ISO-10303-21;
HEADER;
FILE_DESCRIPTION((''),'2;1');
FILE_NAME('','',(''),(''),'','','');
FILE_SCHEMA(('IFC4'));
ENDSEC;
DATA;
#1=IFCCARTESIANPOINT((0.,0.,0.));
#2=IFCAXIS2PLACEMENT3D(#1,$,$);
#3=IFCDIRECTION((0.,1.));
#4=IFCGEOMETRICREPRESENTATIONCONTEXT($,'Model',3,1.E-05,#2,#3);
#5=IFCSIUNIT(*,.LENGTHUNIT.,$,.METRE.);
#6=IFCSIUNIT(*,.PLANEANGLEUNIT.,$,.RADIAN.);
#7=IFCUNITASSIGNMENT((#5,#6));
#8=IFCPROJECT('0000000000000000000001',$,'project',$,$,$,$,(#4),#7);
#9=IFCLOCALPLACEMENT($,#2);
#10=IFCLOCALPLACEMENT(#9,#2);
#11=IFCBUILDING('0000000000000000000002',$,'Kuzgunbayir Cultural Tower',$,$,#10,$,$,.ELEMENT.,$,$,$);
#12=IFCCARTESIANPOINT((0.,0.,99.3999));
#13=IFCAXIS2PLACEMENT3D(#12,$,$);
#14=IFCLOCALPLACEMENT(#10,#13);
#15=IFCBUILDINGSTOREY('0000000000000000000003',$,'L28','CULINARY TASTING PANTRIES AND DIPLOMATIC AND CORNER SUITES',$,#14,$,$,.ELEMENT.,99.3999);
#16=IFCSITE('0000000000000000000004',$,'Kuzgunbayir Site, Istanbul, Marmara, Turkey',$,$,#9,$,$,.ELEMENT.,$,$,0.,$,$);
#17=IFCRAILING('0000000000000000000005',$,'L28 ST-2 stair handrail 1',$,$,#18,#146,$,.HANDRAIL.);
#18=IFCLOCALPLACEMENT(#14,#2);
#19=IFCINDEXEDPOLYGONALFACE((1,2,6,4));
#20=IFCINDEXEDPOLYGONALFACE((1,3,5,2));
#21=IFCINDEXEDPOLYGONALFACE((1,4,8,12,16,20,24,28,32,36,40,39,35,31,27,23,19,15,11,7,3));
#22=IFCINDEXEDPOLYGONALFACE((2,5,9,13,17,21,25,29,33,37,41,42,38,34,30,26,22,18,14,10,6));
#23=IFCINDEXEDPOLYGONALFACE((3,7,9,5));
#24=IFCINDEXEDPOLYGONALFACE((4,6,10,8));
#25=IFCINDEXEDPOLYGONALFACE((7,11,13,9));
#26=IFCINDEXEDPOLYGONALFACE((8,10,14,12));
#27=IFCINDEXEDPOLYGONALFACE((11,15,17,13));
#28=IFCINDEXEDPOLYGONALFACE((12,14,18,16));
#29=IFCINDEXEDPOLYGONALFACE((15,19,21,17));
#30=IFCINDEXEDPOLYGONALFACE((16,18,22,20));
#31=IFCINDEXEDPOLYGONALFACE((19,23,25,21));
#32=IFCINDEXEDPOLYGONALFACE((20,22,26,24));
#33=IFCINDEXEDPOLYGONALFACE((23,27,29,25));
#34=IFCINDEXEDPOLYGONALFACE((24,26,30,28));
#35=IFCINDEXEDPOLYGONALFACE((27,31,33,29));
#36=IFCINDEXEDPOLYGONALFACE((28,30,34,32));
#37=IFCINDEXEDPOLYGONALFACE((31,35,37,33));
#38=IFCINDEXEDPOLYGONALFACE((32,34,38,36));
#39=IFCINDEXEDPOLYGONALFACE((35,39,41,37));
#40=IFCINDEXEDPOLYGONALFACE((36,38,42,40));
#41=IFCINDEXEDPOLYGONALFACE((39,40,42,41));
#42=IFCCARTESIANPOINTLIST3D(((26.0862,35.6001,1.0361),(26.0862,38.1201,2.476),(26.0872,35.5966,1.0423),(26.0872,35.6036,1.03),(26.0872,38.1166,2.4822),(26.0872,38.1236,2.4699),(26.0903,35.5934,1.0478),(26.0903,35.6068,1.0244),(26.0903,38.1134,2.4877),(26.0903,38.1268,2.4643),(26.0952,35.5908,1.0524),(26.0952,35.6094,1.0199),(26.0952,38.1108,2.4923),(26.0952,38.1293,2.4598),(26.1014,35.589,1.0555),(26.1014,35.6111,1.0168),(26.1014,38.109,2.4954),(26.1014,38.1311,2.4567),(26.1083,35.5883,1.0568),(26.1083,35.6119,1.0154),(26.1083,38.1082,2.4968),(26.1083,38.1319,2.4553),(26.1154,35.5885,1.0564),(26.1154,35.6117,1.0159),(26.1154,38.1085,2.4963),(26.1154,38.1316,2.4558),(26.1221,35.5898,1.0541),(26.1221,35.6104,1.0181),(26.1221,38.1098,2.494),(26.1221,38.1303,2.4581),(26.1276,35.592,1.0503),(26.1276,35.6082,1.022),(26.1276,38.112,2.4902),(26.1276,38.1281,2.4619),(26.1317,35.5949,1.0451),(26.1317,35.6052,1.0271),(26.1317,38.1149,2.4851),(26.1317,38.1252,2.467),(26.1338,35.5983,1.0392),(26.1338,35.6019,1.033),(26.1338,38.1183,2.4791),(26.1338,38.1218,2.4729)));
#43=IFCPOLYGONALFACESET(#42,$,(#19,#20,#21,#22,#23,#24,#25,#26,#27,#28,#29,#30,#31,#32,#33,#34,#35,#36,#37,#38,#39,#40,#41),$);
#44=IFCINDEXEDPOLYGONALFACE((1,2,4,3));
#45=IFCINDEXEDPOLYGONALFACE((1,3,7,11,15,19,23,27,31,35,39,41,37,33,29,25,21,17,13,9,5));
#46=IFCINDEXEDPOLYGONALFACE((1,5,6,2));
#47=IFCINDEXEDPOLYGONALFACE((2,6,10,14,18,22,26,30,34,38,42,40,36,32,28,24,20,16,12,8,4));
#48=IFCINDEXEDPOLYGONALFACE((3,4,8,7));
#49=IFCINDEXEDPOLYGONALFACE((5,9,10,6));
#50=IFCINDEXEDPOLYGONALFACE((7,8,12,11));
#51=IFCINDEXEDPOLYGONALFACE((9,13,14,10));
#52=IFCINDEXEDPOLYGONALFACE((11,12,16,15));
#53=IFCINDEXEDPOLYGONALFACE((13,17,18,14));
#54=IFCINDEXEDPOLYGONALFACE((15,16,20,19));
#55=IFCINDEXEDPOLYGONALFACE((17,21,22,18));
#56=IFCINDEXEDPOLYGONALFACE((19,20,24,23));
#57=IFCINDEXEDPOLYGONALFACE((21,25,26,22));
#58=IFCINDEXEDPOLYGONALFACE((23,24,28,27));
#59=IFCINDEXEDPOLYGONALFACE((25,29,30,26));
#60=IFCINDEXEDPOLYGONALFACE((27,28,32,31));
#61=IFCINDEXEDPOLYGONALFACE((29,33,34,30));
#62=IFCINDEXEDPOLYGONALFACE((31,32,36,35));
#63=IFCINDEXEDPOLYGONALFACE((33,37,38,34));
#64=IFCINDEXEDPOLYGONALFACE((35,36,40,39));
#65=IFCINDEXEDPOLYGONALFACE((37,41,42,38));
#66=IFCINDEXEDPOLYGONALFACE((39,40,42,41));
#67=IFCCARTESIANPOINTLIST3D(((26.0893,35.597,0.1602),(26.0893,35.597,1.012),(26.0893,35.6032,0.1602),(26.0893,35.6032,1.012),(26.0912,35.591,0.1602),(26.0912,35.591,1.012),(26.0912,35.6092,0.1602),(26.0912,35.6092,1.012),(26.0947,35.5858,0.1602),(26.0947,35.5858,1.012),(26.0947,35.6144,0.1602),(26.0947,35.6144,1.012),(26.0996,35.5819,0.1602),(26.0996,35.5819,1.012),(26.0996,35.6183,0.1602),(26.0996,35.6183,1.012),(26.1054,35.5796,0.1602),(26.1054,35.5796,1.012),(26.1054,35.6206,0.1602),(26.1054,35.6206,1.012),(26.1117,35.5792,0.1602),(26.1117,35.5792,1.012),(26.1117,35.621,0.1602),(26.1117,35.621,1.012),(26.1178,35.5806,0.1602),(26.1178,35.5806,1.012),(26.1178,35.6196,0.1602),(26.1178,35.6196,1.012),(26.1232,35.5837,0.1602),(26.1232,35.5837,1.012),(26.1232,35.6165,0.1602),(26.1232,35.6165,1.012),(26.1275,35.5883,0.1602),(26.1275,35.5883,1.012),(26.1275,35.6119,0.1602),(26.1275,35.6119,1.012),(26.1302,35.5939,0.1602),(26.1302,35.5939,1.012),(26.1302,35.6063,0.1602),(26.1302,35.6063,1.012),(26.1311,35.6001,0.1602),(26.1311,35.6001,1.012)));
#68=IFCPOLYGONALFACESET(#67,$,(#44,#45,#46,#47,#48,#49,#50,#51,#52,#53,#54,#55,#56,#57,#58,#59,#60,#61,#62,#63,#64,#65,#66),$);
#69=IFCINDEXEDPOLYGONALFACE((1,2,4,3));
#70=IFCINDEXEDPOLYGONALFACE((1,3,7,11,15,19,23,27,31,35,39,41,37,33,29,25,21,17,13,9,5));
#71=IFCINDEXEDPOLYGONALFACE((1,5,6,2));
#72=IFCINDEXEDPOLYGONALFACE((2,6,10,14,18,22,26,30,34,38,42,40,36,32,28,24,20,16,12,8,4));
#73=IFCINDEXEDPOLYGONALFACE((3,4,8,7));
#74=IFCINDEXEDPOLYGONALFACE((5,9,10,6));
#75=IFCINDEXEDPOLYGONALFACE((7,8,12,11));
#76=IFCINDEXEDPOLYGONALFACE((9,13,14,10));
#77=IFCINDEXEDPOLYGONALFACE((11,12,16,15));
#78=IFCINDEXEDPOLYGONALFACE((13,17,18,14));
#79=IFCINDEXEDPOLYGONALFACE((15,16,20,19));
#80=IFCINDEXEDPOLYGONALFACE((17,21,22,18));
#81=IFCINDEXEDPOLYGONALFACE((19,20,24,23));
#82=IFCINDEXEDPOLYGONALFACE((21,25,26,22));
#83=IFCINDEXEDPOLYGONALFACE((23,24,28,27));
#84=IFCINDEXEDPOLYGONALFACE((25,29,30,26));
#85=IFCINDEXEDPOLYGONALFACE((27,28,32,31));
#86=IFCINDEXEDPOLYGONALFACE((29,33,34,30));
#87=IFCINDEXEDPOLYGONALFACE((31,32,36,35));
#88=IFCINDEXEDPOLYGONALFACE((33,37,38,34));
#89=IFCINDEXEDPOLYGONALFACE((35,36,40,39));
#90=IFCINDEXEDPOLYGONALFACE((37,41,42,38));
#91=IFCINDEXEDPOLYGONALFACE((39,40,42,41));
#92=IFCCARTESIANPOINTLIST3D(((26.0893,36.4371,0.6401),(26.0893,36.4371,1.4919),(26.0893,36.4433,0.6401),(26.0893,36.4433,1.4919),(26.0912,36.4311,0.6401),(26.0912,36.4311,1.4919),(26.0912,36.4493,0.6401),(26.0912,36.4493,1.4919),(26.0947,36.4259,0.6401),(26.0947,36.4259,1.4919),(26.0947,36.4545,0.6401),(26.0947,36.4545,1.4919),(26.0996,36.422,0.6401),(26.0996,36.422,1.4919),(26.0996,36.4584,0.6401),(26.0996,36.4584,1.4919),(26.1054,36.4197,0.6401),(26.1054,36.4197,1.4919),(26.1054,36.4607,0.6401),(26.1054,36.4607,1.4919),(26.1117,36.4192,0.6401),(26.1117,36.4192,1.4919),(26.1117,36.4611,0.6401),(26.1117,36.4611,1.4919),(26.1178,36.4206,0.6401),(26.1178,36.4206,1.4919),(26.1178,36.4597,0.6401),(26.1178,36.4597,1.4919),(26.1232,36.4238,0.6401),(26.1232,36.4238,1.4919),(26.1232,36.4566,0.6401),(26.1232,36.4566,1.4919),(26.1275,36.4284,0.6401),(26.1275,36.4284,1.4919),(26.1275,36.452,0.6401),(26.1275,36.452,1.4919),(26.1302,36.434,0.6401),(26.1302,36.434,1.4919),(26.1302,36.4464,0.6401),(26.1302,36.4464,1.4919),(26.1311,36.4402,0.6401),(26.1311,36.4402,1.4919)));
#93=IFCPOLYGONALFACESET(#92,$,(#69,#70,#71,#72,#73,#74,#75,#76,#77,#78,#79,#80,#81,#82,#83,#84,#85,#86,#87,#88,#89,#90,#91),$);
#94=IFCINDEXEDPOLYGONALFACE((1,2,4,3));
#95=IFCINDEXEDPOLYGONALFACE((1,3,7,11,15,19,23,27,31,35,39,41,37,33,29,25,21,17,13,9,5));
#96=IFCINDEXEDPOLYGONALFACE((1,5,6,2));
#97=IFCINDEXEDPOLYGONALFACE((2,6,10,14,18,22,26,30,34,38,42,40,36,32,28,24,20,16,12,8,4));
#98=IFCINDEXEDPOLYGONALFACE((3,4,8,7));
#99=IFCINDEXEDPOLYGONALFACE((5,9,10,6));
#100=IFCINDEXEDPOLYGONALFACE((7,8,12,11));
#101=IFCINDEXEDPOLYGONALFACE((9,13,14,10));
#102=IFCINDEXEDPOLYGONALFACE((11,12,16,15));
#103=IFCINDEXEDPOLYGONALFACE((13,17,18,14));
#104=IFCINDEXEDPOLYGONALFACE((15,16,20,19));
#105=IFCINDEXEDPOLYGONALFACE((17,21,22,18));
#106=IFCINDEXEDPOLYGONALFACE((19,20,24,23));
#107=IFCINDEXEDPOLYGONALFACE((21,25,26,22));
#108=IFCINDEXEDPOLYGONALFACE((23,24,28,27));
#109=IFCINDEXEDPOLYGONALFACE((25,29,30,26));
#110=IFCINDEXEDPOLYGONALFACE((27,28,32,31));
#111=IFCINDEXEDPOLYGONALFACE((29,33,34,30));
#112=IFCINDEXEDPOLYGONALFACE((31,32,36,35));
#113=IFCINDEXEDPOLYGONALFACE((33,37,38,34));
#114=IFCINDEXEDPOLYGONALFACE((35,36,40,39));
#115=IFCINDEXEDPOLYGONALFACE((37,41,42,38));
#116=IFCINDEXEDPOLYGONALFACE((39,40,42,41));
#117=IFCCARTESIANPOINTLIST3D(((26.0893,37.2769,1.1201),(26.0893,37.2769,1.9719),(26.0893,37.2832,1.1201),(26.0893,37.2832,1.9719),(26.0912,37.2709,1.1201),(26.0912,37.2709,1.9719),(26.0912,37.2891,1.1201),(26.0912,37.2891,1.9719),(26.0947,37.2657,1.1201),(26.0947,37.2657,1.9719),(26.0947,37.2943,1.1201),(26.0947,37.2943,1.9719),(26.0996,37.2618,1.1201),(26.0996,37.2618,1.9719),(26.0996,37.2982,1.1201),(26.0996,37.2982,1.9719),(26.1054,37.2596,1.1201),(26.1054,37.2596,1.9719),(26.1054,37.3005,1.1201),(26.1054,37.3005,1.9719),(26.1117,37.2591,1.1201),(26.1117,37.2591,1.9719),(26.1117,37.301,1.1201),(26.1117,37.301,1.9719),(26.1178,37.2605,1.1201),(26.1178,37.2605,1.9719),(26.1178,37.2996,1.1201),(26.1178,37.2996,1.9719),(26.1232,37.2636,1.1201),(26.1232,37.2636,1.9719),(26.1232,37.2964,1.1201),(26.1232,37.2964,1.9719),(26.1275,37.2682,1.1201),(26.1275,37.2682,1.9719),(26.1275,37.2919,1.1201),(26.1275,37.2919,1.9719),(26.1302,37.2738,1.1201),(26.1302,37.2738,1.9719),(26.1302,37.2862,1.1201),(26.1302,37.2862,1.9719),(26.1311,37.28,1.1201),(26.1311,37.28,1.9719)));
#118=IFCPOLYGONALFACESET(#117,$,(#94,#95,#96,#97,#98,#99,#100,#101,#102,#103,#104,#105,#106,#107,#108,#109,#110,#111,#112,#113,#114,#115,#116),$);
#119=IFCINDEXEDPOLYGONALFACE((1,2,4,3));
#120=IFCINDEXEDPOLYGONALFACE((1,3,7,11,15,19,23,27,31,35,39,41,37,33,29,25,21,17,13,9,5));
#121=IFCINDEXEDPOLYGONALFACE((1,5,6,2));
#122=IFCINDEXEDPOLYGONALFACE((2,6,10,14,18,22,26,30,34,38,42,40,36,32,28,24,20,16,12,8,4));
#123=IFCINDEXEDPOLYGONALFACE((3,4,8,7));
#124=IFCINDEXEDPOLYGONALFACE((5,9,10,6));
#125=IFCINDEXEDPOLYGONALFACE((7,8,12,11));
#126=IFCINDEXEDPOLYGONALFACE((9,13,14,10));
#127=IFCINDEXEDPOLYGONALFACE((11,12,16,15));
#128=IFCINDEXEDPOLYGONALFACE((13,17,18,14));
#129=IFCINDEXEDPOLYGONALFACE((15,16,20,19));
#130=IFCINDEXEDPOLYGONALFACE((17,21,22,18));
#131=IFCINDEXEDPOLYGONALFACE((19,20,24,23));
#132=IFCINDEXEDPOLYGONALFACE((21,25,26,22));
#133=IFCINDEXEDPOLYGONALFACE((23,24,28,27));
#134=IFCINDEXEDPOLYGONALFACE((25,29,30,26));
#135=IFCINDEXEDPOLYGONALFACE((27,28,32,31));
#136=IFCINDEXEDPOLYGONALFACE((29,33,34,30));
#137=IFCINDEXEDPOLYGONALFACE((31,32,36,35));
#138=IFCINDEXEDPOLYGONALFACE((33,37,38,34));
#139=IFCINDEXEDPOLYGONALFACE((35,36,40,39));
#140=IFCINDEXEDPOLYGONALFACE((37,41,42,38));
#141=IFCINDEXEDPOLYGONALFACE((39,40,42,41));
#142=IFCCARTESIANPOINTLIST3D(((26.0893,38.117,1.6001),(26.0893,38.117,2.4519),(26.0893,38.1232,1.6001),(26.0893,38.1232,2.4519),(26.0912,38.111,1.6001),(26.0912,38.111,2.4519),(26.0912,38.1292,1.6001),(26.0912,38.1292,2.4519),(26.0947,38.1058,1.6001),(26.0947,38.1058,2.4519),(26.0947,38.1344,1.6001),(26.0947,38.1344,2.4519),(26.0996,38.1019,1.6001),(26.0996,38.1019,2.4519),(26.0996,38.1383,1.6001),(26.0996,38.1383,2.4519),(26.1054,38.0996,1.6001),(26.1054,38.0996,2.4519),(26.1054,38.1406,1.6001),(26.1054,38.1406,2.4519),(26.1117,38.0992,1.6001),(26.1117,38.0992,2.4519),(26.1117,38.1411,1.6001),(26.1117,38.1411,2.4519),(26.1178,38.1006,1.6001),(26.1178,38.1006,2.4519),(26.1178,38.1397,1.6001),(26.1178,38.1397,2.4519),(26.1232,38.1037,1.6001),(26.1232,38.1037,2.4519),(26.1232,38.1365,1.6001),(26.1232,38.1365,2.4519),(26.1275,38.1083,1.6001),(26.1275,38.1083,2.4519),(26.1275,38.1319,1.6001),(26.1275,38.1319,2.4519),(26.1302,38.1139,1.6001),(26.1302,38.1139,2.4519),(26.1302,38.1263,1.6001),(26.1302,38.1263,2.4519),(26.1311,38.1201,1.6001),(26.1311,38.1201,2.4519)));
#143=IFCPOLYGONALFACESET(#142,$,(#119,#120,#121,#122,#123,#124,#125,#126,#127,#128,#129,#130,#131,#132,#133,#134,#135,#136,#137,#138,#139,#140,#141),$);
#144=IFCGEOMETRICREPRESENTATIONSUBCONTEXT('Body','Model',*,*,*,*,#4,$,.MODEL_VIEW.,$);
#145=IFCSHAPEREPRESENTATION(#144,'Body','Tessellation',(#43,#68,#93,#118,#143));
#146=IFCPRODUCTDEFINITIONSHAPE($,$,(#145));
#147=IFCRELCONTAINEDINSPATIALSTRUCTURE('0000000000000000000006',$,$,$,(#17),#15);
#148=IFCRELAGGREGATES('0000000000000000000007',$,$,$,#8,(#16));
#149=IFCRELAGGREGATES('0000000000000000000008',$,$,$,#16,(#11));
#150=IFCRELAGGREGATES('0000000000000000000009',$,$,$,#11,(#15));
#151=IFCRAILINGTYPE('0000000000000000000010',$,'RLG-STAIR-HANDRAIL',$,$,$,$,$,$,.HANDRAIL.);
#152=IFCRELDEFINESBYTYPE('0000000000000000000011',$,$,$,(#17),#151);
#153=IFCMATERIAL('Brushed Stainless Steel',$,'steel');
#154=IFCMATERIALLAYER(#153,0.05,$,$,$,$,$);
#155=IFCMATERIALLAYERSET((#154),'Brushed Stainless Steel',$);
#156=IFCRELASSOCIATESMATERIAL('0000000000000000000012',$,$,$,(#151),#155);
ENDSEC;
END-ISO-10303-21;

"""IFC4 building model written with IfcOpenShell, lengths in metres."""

from ifc_helpers import new_model, si_unit, direction, frame, origin, origin_2d, place, context, subcontext, project, spatial, circle, extrude, material, layer, layer_set, type_object, element, save


model = new_model("IFC4")

# Units and contexts
model_context = context("Model", 3, precision=1e-05, world=origin(), true_north=direction((0.0, 1.0)))
body_context = subcontext(model_context, "Body", "Model", "MODEL_VIEW")
ifc_project = project(units=[si_unit("LENGTHUNIT", "METRE"), si_unit("PLANEANGLEUNIT", "RADIAN")], contexts=[model_context])

# Site, building, storey
site_placement = place(None, origin())
site = spatial("IfcSite", under=ifc_project, at=site_placement, Name="Kuzgunbayir Site, Istanbul, Marmara, Turkey", CompositionType="ELEMENT", RefElevation=0.0)
building_placement = place(site_placement, origin())
building = spatial("IfcBuilding", under=site, at=building_placement, Name="Kuzgunbayir Cultural Tower", CompositionType="ELEMENT")
storey_placement = place(building_placement, frame((0.0, 0.0, 99.3999)))
storey = spatial("IfcBuildingStorey", under=building, at=storey_placement, Name="L28", Description="CULINARY TASTING PANTRIES AND DIPLOMATIC AND CORNER SUITES", CompositionType="ELEMENT", Elevation=99.3999)

# Railing
ifc_material_1 = material(Name="Brushed Stainless Steel", Category="steel")
ifc_layer_1 = layer(ifc_material_1, 0.05)
ifc_layer_set_1 = layer_set([ifc_layer_1], Name="Brushed Stainless Steel")
railing_type_1 = type_object("IfcRailingType", Name="RLG-STAIR-HANDRAIL", PredefinedType="HANDRAIL", material=ifc_layer_set_1)
railing_1_placement = place(storey_placement, frame((26.1101, 35.6001, 0.1602)))
element("IfcRailing", 1, at=railing_1_placement, inside=storey, type_object=railing_type_1, Name="L28 ST-2 stair handrail 1", PredefinedType="HANDRAIL", context=body_context, shape_type="SweptSolid", body=[
    extrude(circle(Radius=0.0239, at=origin_2d()), frame((0.0, 0.0, 0.876), z_axis=(0.0, 0.868253, 0.496121), x_axis=(-1.0, 0.0, 0.0)), (0.0, 0.0, 1.0), 2.9023),
    extrude(circle(Radius=0.021, at=origin_2d()), origin(), (0.0, 0.0, 1.0), 0.8518),
    extrude(circle(Radius=0.021, at=origin_2d()), frame((0.0, 0.8401, 0.48)), (0.0, 0.0, 1.0), 0.8518),
    extrude(circle(Radius=0.021, at=origin_2d()), frame((0.0, 1.6799, 0.96)), (0.0, 0.0, 1.0), 0.8518),
    extrude(circle(Radius=0.021, at=origin_2d()), frame((0.0, 2.52, 1.4399)), (0.0, 0.0, 1.0), 0.8518),
])

save(model, "model.ifc")
